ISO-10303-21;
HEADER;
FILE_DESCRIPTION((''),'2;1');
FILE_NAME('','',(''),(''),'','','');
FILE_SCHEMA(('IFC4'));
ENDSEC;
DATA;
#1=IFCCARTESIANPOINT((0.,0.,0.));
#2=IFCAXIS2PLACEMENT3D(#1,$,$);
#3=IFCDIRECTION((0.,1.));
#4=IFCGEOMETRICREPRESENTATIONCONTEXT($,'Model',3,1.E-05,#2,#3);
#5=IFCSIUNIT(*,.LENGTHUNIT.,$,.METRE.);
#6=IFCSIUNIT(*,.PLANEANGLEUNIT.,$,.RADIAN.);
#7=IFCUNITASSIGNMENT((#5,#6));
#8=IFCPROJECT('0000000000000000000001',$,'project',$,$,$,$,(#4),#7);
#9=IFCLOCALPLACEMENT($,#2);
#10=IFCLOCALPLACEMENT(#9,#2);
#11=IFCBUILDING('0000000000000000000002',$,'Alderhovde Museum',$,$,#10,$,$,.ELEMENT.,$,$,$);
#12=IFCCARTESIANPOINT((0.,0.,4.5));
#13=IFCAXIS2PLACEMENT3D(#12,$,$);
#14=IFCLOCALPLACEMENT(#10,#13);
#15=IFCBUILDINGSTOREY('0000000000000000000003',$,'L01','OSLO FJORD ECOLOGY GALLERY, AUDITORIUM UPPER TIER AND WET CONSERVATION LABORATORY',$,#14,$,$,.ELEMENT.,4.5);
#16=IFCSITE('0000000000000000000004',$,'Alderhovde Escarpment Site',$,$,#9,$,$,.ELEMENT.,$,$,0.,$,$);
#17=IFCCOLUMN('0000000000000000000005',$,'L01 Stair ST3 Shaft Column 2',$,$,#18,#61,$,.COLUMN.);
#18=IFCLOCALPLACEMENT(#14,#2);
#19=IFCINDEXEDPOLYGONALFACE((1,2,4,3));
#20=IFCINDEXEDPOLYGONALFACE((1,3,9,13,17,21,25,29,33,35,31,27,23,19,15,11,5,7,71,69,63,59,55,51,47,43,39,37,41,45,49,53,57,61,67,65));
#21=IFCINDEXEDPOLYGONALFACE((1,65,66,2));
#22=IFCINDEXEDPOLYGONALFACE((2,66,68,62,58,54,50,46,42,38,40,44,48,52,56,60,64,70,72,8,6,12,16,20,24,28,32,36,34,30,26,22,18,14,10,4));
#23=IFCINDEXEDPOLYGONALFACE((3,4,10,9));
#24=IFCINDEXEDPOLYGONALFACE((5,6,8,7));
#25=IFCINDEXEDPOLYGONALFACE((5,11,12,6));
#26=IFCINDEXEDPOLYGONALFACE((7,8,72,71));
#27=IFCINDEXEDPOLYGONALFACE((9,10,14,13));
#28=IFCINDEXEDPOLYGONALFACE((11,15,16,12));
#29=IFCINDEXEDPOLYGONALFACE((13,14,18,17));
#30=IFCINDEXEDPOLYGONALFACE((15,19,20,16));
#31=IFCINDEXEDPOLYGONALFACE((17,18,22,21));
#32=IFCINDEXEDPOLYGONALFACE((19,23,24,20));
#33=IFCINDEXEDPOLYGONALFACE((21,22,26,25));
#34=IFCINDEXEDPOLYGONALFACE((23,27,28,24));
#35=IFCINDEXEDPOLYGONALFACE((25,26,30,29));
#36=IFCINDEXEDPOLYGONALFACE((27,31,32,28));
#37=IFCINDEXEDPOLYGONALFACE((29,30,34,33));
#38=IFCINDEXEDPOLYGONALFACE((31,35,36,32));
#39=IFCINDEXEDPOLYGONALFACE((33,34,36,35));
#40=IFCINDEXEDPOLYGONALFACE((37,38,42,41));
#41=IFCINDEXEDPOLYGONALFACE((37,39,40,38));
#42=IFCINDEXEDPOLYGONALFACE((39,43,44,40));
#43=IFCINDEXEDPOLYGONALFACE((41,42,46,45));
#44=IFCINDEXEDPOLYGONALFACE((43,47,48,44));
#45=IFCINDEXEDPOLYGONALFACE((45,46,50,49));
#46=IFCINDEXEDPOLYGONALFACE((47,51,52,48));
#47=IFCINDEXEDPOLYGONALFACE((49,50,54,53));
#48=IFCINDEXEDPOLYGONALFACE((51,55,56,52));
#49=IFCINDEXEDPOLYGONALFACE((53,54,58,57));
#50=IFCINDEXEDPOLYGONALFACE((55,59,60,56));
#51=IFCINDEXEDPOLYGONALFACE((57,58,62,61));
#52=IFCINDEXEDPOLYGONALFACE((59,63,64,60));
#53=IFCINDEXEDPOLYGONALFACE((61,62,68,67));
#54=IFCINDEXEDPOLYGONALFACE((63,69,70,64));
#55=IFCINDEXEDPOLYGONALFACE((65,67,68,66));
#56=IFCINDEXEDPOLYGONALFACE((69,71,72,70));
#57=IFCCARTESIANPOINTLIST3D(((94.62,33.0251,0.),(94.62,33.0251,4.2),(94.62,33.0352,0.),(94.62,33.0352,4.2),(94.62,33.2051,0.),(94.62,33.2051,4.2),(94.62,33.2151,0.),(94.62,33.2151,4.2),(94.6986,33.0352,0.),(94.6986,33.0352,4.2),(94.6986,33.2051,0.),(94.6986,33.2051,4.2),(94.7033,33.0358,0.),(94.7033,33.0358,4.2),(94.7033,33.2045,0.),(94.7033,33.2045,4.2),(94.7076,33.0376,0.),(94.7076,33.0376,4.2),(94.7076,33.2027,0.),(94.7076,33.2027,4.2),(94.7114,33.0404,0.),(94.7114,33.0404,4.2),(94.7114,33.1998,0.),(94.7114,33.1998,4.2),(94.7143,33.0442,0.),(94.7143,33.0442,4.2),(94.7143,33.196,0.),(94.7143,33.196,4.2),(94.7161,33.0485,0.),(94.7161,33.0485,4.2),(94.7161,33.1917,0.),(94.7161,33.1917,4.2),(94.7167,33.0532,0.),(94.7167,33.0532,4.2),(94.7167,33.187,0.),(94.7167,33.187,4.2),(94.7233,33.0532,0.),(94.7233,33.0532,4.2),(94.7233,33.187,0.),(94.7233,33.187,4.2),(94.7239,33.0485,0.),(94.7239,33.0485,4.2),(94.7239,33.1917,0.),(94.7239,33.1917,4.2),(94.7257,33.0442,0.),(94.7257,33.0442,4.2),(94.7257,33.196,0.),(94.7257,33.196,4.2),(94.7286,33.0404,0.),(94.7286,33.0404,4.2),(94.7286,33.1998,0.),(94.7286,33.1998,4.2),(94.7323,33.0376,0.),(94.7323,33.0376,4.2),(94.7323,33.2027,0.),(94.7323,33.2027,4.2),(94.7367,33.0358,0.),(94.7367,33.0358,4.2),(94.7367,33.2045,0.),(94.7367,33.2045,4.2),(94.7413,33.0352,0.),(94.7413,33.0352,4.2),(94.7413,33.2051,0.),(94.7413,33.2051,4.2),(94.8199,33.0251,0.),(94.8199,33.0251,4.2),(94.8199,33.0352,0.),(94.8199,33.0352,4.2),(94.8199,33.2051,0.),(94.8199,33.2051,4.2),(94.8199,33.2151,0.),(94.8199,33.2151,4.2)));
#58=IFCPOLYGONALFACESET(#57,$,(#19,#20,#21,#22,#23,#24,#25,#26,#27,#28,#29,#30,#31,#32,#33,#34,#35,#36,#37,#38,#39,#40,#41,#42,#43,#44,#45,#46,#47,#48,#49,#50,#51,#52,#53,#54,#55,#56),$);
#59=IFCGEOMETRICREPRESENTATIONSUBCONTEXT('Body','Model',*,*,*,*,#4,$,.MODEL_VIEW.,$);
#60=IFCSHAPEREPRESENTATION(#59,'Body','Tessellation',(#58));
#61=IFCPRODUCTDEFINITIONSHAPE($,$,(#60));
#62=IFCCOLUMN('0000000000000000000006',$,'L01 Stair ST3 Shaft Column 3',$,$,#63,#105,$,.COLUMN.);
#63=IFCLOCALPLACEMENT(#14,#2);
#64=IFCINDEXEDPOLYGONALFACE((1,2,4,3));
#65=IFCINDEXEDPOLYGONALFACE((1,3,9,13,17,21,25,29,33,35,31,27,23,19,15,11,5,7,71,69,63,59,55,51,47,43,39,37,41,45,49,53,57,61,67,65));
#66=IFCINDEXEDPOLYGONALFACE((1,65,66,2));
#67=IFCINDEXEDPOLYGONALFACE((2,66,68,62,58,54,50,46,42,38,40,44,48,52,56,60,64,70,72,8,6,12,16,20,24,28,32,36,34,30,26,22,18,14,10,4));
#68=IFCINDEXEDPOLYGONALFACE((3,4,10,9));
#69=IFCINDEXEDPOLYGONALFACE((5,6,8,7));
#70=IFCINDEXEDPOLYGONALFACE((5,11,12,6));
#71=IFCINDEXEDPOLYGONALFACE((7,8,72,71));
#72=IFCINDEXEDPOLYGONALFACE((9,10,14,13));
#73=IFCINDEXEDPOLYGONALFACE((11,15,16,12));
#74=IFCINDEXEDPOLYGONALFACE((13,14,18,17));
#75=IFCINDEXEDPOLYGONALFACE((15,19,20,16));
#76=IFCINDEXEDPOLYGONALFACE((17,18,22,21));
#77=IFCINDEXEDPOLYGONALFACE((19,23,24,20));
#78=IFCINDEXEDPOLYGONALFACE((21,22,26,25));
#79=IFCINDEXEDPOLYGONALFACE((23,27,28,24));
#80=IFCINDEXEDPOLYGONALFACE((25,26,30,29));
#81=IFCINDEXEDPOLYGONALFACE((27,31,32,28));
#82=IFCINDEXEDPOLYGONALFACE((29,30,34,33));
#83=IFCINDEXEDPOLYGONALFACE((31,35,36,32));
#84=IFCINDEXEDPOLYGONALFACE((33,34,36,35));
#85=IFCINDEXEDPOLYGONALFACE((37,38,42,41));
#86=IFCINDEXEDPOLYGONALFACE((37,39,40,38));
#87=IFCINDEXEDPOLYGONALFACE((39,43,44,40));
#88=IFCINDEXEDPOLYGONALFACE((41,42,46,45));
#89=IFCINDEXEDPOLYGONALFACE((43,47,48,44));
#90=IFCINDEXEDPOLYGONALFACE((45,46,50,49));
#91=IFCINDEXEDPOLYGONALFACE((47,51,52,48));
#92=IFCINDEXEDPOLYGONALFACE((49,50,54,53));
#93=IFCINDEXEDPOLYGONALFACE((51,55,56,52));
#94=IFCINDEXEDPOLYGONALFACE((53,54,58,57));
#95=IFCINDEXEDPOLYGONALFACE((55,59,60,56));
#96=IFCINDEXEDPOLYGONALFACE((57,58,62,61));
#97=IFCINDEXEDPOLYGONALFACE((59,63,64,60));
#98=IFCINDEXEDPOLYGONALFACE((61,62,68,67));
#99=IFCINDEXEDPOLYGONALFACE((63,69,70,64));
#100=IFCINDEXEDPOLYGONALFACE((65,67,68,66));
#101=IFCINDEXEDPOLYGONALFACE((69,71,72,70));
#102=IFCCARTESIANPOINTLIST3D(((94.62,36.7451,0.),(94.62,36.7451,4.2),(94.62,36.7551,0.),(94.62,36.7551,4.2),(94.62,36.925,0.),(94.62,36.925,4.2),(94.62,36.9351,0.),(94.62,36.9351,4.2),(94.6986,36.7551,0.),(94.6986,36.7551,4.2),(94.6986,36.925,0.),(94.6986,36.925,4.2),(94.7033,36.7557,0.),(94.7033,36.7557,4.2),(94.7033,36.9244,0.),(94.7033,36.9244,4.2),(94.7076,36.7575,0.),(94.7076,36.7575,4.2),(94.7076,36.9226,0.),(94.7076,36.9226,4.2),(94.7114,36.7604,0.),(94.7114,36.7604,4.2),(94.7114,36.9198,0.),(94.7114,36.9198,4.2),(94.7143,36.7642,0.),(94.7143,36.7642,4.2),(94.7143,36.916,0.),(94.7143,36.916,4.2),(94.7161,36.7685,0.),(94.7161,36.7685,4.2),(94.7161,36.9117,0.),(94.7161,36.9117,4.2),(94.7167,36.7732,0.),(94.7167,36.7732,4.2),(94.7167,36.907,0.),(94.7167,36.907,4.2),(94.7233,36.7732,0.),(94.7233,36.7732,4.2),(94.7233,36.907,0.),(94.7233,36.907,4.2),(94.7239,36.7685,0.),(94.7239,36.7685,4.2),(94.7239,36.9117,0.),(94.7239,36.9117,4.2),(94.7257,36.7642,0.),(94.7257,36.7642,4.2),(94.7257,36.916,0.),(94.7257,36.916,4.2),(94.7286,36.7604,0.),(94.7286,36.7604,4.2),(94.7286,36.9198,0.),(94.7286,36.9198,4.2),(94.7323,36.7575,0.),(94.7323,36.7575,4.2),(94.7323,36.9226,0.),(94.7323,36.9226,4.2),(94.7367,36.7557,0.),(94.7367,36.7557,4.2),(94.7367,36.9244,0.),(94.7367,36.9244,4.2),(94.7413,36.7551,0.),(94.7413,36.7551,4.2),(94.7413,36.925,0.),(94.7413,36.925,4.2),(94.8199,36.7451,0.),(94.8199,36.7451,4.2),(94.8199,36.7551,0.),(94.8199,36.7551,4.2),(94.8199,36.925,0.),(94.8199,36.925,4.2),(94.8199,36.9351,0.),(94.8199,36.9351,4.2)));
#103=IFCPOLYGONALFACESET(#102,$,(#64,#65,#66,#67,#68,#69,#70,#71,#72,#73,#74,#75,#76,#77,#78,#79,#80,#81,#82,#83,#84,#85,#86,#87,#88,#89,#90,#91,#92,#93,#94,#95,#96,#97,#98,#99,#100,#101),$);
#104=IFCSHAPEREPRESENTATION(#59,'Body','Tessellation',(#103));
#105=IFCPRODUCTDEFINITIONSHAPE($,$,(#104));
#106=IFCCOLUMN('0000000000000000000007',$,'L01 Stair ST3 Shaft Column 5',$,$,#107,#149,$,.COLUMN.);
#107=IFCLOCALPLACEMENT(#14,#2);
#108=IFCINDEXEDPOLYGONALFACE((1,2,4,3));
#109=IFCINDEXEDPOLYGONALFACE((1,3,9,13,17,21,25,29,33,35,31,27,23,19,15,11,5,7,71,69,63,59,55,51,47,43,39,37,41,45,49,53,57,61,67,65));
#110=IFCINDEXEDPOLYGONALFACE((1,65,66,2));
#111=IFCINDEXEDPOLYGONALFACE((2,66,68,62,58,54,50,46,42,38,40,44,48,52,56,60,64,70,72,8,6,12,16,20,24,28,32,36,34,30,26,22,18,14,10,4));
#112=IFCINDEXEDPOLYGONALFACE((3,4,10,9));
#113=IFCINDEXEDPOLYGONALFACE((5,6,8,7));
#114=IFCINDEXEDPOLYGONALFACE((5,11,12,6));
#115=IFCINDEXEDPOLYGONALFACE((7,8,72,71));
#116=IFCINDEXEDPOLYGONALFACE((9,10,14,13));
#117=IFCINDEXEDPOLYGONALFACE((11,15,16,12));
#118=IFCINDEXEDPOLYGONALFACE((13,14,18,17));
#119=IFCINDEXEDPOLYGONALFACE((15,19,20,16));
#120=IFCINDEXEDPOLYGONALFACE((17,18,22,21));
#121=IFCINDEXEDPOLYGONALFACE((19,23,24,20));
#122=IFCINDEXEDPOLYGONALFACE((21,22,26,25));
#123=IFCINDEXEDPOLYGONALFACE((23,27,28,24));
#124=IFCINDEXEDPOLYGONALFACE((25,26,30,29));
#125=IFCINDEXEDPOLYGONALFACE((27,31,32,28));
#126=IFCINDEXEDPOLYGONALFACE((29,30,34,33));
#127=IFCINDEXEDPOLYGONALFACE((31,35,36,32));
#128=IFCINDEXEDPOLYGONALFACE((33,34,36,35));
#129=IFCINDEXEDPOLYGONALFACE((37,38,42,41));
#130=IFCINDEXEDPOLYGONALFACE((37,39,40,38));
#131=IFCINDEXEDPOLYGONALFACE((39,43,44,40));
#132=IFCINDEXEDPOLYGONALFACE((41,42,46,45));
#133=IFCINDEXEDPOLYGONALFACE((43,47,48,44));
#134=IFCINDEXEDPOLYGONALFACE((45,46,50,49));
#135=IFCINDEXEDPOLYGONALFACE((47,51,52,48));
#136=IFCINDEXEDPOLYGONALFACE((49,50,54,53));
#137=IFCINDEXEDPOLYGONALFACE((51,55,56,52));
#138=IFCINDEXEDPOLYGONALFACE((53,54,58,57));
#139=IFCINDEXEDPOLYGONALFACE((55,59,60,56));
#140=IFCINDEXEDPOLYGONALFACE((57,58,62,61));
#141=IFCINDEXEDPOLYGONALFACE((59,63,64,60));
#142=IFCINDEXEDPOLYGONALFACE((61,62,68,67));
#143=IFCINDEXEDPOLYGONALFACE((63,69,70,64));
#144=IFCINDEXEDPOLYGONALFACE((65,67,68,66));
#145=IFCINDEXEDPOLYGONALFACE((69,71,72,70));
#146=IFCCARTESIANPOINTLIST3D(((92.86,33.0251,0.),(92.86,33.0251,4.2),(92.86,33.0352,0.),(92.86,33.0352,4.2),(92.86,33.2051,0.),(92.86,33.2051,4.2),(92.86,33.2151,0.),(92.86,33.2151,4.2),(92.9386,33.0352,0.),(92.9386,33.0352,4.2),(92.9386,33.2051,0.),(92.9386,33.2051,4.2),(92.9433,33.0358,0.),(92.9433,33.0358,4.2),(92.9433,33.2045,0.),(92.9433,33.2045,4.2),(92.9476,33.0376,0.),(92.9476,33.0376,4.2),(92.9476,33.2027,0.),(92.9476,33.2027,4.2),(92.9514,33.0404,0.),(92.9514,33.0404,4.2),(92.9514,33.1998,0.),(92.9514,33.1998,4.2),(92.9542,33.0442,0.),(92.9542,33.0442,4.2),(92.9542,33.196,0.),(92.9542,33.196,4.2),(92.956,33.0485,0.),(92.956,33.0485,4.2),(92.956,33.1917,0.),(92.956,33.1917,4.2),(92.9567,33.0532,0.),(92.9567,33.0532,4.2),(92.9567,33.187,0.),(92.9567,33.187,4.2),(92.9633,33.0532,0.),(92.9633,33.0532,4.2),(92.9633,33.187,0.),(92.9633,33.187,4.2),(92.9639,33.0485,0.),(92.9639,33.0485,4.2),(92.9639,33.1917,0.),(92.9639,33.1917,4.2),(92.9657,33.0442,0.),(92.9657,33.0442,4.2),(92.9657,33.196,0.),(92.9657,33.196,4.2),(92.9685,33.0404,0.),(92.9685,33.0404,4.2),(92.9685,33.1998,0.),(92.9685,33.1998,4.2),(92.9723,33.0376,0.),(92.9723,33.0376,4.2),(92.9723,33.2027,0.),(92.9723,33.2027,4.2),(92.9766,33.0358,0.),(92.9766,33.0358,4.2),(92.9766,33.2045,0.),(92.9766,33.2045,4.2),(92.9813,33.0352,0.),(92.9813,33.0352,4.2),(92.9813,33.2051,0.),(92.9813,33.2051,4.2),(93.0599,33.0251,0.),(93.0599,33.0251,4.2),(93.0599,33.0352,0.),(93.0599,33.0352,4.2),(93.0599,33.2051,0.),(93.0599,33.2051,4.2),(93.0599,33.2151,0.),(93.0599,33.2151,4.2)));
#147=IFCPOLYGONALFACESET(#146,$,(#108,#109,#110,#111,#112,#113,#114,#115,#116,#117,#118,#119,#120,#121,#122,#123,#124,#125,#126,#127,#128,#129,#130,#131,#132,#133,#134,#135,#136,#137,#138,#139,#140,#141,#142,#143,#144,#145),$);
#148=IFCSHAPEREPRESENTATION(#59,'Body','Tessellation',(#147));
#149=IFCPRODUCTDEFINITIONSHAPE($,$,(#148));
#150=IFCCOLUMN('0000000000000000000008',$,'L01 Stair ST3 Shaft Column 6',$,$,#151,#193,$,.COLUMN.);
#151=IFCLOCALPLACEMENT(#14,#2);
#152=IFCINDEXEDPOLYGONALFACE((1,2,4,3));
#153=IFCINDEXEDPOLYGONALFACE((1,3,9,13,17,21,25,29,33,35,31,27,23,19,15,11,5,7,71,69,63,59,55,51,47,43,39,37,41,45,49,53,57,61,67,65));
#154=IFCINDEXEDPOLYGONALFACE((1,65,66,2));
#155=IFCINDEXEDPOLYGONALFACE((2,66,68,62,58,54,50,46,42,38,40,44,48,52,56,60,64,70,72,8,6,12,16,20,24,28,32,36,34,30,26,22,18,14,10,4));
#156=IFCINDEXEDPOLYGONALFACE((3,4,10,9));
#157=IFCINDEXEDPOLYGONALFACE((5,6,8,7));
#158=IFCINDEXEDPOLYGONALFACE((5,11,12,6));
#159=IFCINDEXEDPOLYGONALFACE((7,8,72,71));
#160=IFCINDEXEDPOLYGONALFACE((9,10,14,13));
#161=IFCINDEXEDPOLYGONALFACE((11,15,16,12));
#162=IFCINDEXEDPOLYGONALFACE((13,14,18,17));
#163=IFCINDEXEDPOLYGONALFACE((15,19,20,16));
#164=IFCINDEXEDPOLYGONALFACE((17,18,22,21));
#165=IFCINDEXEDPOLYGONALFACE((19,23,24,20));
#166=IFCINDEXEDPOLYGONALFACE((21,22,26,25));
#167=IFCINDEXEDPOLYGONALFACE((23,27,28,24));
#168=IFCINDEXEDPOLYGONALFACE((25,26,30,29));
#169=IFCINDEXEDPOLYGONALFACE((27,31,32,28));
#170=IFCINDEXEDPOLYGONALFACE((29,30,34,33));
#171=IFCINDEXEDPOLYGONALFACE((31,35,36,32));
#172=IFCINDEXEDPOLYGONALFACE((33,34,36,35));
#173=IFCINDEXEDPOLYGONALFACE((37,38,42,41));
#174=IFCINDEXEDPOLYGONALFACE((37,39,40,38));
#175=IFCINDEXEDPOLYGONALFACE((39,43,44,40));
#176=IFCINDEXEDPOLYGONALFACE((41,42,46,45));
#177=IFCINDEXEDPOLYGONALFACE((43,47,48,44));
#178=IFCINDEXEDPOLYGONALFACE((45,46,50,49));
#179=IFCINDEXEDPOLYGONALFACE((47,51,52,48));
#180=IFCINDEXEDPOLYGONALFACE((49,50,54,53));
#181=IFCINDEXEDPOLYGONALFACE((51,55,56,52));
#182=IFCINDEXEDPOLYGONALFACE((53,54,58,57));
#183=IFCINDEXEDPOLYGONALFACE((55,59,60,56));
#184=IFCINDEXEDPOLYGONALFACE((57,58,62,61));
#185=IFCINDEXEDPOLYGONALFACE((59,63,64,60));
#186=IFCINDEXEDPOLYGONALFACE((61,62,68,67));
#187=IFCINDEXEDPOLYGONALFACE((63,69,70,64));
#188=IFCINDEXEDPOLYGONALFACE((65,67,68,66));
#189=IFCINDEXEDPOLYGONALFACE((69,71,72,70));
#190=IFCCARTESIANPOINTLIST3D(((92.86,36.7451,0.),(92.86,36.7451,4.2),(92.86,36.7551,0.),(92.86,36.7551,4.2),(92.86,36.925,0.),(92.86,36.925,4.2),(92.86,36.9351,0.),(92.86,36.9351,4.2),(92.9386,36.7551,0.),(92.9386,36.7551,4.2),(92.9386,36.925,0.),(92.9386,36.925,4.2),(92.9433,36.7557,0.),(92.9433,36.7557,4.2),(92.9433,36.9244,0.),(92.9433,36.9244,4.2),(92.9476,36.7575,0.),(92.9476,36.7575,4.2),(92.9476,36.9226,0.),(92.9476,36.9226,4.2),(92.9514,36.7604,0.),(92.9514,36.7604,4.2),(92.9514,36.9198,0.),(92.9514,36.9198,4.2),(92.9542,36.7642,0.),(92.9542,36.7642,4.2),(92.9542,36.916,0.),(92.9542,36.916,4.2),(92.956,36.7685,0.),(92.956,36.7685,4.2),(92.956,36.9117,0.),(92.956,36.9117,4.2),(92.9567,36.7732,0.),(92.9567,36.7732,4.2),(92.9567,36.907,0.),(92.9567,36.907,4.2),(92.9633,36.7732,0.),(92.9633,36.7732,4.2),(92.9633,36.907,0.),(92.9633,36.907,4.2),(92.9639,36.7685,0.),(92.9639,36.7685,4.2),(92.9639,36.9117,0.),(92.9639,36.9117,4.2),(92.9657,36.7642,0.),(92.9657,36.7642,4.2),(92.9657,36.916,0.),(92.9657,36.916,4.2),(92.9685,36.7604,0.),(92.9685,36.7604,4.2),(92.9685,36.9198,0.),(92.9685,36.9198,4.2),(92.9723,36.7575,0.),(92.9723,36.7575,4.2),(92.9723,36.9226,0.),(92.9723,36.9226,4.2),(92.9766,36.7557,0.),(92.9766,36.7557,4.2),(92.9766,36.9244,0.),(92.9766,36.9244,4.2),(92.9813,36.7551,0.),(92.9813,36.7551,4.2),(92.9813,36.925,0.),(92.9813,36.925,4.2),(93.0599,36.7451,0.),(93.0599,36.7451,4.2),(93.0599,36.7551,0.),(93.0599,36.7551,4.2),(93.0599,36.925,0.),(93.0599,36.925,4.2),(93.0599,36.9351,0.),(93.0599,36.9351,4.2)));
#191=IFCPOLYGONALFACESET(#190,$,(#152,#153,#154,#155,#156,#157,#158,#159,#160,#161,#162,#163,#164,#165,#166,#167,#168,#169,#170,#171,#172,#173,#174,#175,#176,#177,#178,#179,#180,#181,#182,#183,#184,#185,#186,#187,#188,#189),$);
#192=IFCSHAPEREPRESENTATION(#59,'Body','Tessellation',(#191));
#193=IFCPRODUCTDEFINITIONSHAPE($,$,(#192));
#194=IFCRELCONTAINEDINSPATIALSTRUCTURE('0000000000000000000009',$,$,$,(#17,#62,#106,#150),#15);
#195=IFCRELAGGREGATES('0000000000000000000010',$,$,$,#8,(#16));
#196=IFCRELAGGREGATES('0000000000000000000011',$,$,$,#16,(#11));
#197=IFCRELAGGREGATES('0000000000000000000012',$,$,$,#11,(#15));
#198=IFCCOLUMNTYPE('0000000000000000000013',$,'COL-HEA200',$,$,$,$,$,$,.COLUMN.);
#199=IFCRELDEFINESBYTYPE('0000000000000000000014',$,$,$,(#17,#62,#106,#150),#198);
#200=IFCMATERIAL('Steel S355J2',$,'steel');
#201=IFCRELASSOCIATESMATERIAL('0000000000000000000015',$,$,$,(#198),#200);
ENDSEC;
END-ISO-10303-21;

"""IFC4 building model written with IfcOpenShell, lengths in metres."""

from ifc_helpers import new_model, si_unit, direction, frame, origin, origin_2d, place, context, subcontext, project, spatial, i_section, extrude, material, material_profile, profile_set, type_object, element, save


model = new_model("IFC4")

# Units and contexts
model_context = context("Model", 3, precision=1e-05, world=origin(), true_north=direction((0.0, 1.0)))
body_context = subcontext(model_context, "Body", "Model", "MODEL_VIEW")
ifc_project = project(units=[si_unit("LENGTHUNIT", "METRE"), si_unit("PLANEANGLEUNIT", "RADIAN")], contexts=[model_context])

# Site, building, storey
site_placement = place(None, origin())
site = spatial("IfcSite", under=ifc_project, at=site_placement, Name="Alderhovde Escarpment Site", CompositionType="ELEMENT", RefElevation=0.0)
building_placement = place(site_placement, origin())
building = spatial("IfcBuilding", under=site, at=building_placement, Name="Alderhovde Museum", CompositionType="ELEMENT")
storey_placement = place(building_placement, frame((0.0, 0.0, 4.5)))
storey = spatial("IfcBuildingStorey", under=building, at=storey_placement, Name="L01", Description="OSLO FJORD ECOLOGY GALLERY, AUDITORIUM UPPER TIER AND WET CONSERVATION LABORATORY", CompositionType="ELEMENT", Elevation=4.5)

# Columns
ifc_material_1 = material(Name="Steel S355J2", Category="steel")
ifc_material_profile_1 = material_profile(ifc_material_1, i_section(OverallWidth=0.2, OverallDepth=0.1899, WebThickness=0.0066, FlangeThickness=0.01, FilletRadius=0.0181, at=origin_2d()), Name="HEA 200")
ifc_profile_set_1 = profile_set([ifc_material_profile_1], Name="Steel S355J2")
column_type_1 = type_object("IfcColumnType", Name="COL-HEA200", PredefinedType="COLUMN", material=ifc_profile_set_1)
for number, where, z_axis, x_axis, name in (
    (1, (94.72, 33.1201, 0.0), (0.0, 0.0, 1.0), (1.0, 0.0, 0.0), "L01 Stair ST3 Shaft Column 2"),
    (2, (94.72, 36.8401, 0.0), (0.0, 0.0, 1.0), (1.0, 0.0, 0.0), "L01 Stair ST3 Shaft Column 3"),
    (3, (92.96, 33.1201, 0.0), (0.0, 0.0, 1.0), (1.0, 0.0, 0.0), "L01 Stair ST3 Shaft Column 5"),
    (4, (92.96, 36.8401, 0.0), (0.0, 0.0, 1.0), (1.0, 0.0, 0.0), "L01 Stair ST3 Shaft Column 6"),
):
    element("IfcColumn", number, at=place(storey_placement, frame(where, z_axis=z_axis, x_axis=x_axis)), inside=storey, type_object=column_type_1, Name=name, PredefinedType="COLUMN", context=body_context, shape_type="SweptSolid", body=[
        extrude(i_section(OverallWidth=0.2, OverallDepth=0.1899, WebThickness=0.0066, FlangeThickness=0.01, FilletRadius=0.0181, at=origin_2d()), origin(), (0.0, 0.0, 1.0), 4.2),
    ])

save(model, "model.ifc")
